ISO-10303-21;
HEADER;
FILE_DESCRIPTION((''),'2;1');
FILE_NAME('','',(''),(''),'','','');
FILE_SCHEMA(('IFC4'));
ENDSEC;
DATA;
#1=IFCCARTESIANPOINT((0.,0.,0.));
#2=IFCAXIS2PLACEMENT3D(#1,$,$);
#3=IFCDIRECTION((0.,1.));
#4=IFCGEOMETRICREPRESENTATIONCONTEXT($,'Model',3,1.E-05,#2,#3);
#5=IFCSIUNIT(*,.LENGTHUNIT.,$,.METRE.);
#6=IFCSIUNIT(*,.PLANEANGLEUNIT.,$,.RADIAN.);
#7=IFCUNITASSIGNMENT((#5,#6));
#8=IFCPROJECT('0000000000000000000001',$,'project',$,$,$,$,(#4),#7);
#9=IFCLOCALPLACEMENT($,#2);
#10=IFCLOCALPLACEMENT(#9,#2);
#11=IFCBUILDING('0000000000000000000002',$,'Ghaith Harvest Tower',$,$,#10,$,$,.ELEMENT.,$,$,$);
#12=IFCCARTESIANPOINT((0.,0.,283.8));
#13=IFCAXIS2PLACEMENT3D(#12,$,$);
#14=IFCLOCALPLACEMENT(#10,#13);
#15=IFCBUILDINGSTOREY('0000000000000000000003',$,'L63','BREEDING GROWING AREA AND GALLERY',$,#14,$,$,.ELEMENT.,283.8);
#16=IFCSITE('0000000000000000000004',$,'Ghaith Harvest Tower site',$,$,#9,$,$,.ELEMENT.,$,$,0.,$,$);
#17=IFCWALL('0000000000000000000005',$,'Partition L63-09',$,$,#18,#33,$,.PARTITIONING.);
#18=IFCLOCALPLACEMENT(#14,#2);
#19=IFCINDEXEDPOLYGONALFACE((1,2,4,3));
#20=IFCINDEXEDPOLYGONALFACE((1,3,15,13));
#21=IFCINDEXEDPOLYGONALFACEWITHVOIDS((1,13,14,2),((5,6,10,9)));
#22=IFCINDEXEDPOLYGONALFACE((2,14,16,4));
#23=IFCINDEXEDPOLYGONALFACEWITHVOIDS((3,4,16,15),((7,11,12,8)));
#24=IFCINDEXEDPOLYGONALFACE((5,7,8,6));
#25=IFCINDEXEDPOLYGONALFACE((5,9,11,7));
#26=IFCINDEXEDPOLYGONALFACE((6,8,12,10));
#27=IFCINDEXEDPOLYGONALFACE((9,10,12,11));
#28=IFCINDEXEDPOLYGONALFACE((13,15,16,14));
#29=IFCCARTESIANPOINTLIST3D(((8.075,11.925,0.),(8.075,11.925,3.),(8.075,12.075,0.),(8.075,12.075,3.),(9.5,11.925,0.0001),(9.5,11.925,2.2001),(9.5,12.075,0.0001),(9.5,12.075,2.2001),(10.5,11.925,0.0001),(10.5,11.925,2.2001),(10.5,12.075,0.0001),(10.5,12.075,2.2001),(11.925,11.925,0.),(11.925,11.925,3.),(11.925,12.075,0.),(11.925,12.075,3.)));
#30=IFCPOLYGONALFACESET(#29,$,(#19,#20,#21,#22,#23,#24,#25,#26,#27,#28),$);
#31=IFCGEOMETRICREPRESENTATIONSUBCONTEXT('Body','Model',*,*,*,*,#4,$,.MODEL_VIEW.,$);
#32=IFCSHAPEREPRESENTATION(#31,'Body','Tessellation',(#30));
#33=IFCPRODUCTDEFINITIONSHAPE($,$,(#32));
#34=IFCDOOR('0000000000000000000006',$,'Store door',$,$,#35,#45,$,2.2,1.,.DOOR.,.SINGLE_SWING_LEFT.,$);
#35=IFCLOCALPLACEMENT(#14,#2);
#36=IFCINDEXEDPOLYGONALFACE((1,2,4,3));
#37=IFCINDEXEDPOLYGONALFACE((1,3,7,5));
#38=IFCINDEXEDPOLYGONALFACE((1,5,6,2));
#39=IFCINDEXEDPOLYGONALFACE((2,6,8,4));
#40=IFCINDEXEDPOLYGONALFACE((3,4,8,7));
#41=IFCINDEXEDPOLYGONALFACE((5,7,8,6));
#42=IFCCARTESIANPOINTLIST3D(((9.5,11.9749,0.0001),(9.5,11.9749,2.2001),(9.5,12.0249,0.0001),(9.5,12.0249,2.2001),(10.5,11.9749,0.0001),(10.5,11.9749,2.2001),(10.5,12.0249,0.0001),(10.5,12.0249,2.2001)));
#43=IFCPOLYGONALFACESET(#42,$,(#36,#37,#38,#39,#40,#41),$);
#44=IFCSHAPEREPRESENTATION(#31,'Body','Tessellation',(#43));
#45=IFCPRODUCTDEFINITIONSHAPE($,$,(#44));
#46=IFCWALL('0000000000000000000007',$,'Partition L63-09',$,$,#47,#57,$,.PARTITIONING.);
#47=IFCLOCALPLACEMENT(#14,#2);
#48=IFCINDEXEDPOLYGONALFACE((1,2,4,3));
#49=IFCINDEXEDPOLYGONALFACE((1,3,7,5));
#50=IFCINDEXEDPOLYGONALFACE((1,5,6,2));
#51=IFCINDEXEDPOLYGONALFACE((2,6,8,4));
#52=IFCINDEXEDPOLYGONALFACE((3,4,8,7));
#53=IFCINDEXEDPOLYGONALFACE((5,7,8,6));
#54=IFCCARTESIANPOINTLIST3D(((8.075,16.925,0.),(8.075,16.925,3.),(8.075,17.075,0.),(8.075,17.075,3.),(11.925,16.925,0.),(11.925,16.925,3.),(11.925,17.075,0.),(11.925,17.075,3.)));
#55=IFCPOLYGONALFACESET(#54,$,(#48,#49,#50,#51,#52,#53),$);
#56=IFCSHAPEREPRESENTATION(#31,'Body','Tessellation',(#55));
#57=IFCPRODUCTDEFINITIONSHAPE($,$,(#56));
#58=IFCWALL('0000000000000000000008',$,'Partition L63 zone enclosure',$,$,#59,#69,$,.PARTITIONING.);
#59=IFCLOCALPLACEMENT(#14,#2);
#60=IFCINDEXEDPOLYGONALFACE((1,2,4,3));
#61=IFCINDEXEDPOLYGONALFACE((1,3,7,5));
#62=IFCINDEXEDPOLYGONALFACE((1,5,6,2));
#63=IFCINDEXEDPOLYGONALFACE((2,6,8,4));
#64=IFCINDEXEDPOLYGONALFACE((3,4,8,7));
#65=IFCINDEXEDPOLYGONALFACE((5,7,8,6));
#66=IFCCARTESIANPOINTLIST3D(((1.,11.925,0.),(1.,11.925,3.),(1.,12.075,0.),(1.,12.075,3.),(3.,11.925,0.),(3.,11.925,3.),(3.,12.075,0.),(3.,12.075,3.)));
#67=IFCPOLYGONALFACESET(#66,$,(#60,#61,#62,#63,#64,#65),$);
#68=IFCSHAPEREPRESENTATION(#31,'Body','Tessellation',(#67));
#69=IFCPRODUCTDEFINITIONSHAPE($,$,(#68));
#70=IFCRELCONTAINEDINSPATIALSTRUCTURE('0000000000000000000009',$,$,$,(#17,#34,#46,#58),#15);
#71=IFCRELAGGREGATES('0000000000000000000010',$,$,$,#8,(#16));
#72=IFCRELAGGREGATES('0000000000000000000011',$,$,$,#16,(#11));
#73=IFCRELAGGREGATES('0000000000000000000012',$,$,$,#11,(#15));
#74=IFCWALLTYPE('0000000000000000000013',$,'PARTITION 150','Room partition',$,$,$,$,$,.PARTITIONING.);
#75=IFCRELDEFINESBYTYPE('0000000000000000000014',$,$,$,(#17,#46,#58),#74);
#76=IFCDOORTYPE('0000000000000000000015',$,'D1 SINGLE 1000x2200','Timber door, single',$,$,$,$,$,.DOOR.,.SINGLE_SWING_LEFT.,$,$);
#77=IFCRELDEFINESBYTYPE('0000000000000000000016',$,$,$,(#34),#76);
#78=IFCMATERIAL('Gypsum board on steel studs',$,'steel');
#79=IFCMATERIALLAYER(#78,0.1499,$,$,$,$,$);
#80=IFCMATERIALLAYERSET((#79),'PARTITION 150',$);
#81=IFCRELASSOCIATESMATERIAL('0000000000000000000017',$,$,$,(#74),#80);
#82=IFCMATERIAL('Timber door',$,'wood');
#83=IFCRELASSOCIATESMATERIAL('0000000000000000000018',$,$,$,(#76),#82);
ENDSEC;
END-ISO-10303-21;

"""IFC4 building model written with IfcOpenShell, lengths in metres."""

from ifc_helpers import new_model, si_unit, direction, frame, frame_2d, origin, place, context, subcontext, project, spatial, rectangle, extrude, material, layer, layer_set, type_object, element, fill, save


model = new_model("IFC4")

# Units and contexts
model_context = context("Model", 3, precision=1e-05, world=origin(), true_north=direction((0.0, 1.0)))
body_context = subcontext(model_context, "Body", "Model", "MODEL_VIEW")
ifc_project = project(units=[si_unit("LENGTHUNIT", "METRE"), si_unit("PLANEANGLEUNIT", "RADIAN")], contexts=[model_context])

# Site, building, storey
site_placement = place(None, origin())
site = spatial("IfcSite", under=ifc_project, at=site_placement, Name="Ghaith Harvest Tower site", CompositionType="ELEMENT", RefElevation=0.0)
building_placement = place(site_placement, origin())
building = spatial("IfcBuilding", under=site, at=building_placement, Name="Ghaith Harvest Tower", CompositionType="ELEMENT")
storey_placement = place(building_placement, frame((0.0, 0.0, 283.8)))
storey = spatial("IfcBuildingStorey", under=building, at=storey_placement, Name="L63", Description="BREEDING GROWING AREA AND GALLERY", CompositionType="ELEMENT", Elevation=283.8)

# Shared definitions
ifc_material_1 = material(Name="Gypsum board on steel studs", Category="steel")
ifc_layer_1 = layer(ifc_material_1, 0.1499)
ifc_layer_set_1 = layer_set([ifc_layer_1], Name="PARTITION 150")
wall_type = type_object("IfcWallType", Name="PARTITION 150", Description="Room partition", PredefinedType="PARTITIONING", material=ifc_layer_set_1)

# Shared definitions
ifc_material_2 = material(Name="Timber door", Category="wood")
door_type = type_object("IfcDoorType", Name="D1 SINGLE 1000x2200", Description="Timber door, single", OperationType="SINGLE_SWING_LEFT", PredefinedType="DOOR", material=ifc_material_2)

# Wall, opening, door
wall_1_placement = place(storey_placement, frame((8.075, 12.0, 0.0), z_axis=(0.0, 0.0, 1.0), x_axis=(1.0, 0.0, 0.0)))
wall_1 = element("IfcWall", 1, at=wall_1_placement, inside=storey, type_object=wall_type, Name="Partition L63-09", PredefinedType="PARTITIONING", context=body_context, shape_type="SweptSolid", body=[
    extrude(rectangle(XDim=3.8501, YDim=0.1499, at=frame_2d((1.925, 0.0))), origin(), (0.0, 0.0, 1.0), 3.0),
])
opening_1_placement = place(wall_1_placement, frame((1.425, 0.0, 0.0)))
opening_1 = element("IfcOpeningElement", 2, at=opening_1_placement, cuts=wall_1, PredefinedType="OPENING", context=body_context, shape_type="SweptSolid", body=[
    extrude(rectangle(XDim=1.0, YDim=2.2, at=frame_2d((0.5, 1.1001))), frame((0.0, 0.085, 0.0), z_axis=(0.0, -1.0, 0.0), x_axis=(1.0, 0.0, 0.0)), (0.0, 0.0, 1.0), 0.1699),
])
door_1_placement = place(opening_1_placement, origin())
door_1 = element("IfcDoor", 3, at=door_1_placement, inside=storey, type_object=door_type, Name="Store door", OperationType="SINGLE_SWING_LEFT", OverallHeight=2.2, OverallWidth=1.0, PredefinedType="DOOR", context=body_context, shape_type="SweptSolid", body=[
    extrude(rectangle(XDim=1.0, YDim=2.2, at=frame_2d((0.5, 1.1001))), frame((0.0, 0.0249, 0.0), z_axis=(0.0, -1.0, 0.0), x_axis=(1.0, 0.0, 0.0)), (0.0, 0.0, 1.0), 0.05),
])
fill(opening_1, door_1)

# Walls
wall_2_placement = place(storey_placement, frame((8.075, 17.0, 0.0), z_axis=(0.0, 0.0, 1.0), x_axis=(1.0, 0.0, 0.0)))
element("IfcWall", 4, at=wall_2_placement, inside=storey, type_object=wall_type, Name="Partition L63-09", PredefinedType="PARTITIONING", context=body_context, shape_type="SweptSolid", body=[
    extrude(rectangle(XDim=3.8501, YDim=0.1499, at=frame_2d((1.925, 0.0))), origin(), (0.0, 0.0, 1.0), 3.0),
])
wall_3_placement = place(storey_placement, frame((3.0, 12.0, 0.0), z_axis=(0.0, 0.0, 1.0), x_axis=(-1.0, 0.0, 0.0)))
element("IfcWall", 5, at=wall_3_placement, inside=storey, type_object=wall_type, Name="Partition L63 zone enclosure", PredefinedType="PARTITIONING", context=body_context, shape_type="SweptSolid", body=[
    extrude(rectangle(XDim=2.0, YDim=0.1499, at=frame_2d((1.0, 0.0))), origin(), (0.0, 0.0, 1.0), 3.0),
])

save(model, "model.ifc")
